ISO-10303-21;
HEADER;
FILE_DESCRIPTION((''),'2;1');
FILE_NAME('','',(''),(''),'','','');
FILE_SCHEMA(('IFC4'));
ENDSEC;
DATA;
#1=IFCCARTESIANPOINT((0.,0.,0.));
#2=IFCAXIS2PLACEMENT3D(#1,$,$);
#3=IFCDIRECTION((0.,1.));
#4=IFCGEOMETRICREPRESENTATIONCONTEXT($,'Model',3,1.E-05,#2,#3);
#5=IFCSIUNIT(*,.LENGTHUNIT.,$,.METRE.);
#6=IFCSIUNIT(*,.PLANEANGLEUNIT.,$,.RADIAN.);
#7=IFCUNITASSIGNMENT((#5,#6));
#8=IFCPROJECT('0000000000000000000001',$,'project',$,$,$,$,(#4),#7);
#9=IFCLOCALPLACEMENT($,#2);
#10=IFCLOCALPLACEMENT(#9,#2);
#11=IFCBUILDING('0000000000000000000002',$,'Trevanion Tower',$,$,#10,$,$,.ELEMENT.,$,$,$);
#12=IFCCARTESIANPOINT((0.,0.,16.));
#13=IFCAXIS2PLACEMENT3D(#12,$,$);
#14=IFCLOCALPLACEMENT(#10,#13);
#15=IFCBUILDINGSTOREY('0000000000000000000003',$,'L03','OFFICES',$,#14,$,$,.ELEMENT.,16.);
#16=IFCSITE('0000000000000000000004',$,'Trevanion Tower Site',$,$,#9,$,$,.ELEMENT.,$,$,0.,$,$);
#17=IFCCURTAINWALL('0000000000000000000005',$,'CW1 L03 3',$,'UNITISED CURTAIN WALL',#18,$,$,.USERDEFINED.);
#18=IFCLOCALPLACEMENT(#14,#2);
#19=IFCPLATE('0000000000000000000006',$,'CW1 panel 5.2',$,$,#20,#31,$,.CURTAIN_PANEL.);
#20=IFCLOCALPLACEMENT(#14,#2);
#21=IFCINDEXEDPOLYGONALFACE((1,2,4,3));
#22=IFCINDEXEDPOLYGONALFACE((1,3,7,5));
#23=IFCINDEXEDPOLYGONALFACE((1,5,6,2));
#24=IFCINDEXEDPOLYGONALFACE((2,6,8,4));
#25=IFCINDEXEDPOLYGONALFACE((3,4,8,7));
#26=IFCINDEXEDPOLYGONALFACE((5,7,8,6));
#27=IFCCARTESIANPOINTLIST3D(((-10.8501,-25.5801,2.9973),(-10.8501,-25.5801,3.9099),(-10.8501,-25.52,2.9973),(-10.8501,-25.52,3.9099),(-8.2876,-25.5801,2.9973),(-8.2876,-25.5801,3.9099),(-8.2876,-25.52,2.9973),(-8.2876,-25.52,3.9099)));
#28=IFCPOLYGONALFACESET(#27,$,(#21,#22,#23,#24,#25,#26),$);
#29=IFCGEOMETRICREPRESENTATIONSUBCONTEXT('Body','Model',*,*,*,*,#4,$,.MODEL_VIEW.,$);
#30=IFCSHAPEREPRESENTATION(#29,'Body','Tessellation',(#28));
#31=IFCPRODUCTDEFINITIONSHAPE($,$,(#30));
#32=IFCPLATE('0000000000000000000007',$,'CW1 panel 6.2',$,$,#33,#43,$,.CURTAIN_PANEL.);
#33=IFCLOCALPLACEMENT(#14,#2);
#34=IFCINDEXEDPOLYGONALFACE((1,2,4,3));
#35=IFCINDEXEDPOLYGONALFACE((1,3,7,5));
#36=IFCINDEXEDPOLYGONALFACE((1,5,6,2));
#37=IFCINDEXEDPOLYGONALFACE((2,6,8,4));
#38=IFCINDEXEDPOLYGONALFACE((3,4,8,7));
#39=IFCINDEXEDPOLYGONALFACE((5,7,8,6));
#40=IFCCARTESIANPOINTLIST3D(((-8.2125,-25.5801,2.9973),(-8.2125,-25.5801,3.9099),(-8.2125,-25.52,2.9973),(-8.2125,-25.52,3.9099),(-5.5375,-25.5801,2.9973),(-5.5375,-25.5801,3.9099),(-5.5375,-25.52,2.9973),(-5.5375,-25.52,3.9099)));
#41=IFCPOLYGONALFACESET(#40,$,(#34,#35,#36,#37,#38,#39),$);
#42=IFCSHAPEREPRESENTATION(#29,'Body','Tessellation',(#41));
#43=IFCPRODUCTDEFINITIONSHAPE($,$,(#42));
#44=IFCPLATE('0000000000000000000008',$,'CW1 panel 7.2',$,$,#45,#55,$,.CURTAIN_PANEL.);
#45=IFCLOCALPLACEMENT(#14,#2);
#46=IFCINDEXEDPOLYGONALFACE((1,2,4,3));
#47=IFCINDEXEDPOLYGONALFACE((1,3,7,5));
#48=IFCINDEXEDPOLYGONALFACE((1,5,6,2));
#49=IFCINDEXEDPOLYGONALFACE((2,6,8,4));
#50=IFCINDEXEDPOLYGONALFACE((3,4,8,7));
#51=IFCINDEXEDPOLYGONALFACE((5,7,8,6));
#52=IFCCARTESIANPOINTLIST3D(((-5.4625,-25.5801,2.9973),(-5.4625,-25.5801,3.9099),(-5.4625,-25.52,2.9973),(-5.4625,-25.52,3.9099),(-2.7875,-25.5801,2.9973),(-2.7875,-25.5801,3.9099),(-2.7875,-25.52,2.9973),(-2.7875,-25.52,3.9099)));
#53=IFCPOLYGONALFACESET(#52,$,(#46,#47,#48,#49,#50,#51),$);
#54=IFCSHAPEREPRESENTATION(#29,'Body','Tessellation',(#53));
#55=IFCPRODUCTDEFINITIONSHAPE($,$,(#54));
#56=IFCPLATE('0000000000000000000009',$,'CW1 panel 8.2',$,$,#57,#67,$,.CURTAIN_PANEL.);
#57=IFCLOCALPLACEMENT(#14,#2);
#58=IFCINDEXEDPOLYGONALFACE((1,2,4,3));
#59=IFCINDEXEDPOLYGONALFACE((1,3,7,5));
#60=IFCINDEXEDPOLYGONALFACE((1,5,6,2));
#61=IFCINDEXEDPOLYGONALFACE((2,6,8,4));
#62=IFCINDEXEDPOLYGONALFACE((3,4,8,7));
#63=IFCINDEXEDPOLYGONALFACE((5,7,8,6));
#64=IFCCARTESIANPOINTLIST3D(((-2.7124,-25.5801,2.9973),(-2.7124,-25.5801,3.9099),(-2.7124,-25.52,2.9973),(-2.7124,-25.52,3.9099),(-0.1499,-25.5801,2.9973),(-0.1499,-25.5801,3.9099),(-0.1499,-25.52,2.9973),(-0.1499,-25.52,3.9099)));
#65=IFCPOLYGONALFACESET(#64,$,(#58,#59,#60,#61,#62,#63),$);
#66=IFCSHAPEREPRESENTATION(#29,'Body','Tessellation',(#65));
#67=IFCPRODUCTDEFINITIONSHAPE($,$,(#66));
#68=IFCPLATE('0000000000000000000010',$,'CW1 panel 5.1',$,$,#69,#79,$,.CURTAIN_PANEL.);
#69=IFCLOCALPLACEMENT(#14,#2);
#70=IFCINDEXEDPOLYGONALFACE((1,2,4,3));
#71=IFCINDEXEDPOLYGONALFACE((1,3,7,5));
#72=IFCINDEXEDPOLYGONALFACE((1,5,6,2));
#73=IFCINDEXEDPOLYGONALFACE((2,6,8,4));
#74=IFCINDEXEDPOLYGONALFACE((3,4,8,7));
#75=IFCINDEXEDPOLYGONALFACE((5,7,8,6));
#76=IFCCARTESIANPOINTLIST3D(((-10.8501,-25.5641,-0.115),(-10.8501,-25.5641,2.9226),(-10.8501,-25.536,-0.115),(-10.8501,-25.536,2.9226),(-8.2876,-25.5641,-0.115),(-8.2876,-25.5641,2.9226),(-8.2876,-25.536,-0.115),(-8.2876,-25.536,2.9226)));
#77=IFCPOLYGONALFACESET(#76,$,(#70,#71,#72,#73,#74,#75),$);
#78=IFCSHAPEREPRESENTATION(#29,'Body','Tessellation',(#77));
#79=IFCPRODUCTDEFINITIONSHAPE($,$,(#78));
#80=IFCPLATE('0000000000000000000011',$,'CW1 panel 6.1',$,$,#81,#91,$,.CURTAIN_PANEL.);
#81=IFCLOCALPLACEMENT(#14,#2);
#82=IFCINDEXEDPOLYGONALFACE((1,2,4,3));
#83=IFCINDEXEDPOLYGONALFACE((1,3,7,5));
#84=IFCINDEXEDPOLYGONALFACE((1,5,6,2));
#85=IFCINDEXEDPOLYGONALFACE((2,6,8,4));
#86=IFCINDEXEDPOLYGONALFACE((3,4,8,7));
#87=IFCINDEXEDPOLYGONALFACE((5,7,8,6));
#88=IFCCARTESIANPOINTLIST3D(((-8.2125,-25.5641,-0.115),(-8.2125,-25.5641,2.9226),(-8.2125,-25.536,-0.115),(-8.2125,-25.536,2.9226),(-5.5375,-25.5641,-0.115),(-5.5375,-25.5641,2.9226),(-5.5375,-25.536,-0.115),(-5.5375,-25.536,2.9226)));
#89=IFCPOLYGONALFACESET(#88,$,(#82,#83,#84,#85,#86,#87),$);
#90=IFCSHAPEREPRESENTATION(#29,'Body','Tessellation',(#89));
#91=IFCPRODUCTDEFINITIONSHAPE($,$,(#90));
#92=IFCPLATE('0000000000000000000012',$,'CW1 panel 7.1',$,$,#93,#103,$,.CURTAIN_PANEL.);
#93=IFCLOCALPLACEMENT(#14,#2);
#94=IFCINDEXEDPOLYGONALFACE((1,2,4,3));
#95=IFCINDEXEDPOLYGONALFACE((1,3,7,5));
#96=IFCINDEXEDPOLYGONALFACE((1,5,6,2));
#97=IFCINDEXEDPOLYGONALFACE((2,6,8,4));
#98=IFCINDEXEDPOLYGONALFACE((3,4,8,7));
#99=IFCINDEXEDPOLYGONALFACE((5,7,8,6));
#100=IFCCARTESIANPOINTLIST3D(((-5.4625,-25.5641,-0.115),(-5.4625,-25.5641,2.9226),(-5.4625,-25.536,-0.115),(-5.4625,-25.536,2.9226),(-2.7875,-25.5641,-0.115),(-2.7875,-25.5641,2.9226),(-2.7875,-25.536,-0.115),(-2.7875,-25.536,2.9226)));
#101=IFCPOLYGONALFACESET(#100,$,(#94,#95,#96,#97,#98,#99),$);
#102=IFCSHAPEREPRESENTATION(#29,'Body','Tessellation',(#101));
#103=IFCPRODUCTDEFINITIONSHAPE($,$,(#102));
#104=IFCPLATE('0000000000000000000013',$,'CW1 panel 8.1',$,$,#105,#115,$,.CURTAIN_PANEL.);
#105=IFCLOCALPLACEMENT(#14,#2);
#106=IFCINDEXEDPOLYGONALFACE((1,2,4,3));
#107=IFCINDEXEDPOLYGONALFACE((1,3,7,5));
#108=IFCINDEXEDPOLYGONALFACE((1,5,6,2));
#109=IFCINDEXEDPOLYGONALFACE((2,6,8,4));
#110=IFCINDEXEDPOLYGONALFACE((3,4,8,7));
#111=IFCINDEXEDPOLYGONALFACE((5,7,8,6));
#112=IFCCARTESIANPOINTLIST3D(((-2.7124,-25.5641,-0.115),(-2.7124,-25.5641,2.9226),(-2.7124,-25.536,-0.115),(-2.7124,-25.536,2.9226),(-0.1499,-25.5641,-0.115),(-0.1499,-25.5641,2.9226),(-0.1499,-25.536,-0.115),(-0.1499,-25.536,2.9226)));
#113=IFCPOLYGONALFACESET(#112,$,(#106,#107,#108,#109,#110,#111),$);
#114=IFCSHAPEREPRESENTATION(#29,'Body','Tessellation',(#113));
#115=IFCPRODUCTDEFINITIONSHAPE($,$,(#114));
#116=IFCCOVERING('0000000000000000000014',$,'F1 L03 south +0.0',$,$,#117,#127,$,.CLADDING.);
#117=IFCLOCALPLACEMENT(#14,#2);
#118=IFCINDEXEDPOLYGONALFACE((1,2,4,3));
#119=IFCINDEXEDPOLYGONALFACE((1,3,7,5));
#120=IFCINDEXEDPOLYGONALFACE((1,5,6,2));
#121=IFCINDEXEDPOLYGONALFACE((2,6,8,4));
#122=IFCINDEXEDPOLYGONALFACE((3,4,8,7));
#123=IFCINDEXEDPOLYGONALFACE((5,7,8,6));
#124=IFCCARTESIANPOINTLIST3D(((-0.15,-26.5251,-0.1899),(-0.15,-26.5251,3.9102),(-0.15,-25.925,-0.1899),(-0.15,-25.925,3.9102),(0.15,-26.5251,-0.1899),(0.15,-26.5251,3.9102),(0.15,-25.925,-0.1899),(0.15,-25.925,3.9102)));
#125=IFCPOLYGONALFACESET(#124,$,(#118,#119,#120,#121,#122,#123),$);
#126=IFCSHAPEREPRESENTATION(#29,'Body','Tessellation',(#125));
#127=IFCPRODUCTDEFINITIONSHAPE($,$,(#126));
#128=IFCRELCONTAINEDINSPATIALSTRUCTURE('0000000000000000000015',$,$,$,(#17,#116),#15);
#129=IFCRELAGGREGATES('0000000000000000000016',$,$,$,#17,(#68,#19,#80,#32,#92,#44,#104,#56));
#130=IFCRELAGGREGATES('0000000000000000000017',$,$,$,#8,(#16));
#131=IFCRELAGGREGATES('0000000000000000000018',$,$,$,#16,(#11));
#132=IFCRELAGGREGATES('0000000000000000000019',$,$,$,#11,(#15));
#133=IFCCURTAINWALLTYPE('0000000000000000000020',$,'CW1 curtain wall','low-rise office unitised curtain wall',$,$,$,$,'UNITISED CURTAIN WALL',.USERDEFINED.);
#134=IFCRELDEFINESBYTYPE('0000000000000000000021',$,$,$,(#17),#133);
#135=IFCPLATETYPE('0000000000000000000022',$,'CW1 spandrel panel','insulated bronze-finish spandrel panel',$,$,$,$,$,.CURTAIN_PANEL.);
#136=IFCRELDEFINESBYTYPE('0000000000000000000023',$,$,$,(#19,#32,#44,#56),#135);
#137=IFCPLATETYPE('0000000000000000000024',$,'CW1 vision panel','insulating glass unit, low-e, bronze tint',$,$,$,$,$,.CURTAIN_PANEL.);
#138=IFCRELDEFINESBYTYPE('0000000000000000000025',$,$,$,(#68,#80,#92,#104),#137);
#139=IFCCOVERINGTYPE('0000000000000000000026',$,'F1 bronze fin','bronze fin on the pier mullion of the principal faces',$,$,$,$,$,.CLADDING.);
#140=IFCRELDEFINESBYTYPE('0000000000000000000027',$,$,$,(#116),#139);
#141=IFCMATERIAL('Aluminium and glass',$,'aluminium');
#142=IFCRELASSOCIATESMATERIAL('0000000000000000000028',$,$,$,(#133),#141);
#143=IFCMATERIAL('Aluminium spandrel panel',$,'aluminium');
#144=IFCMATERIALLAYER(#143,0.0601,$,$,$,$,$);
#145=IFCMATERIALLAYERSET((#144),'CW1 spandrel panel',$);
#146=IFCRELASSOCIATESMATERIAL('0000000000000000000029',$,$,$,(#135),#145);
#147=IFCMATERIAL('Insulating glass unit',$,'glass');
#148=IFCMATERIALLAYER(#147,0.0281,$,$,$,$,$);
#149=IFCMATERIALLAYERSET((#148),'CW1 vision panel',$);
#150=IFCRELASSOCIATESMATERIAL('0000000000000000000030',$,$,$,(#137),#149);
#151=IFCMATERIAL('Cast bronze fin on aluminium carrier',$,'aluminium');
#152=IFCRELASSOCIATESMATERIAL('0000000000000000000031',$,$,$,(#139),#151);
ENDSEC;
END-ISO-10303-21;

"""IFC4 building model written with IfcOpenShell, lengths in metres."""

from ifc_helpers import new_model, si_unit, direction, frame, origin, origin_2d, place, context, subcontext, project, spatial, rectangle, extrude, material, layer, layer_set, type_object, element, aggregate, save


model = new_model("IFC4")

# Units and contexts
model_context = context("Model", 3, precision=1e-05, world=origin(), true_north=direction((0.0, 1.0)))
body_context = subcontext(model_context, "Body", "Model", "MODEL_VIEW")
ifc_project = project(units=[si_unit("LENGTHUNIT", "METRE"), si_unit("PLANEANGLEUNIT", "RADIAN")], contexts=[model_context])

# Site, building, storey
site_placement = place(None, origin())
site = spatial("IfcSite", under=ifc_project, at=site_placement, Name="Trevanion Tower Site", CompositionType="ELEMENT", RefElevation=0.0)
building_placement = place(site_placement, origin())
building = spatial("IfcBuilding", under=site, at=building_placement, Name="Trevanion Tower", CompositionType="ELEMENT")
storey_placement = place(building_placement, frame((0.0, 0.0, 16.0)))
storey = spatial("IfcBuildingStorey", under=building, at=storey_placement, Name="L03", Description="OFFICES", CompositionType="ELEMENT", Elevation=16.0)

# Curtain wall
ifc_material_1 = material(Name="Aluminium and glass", Category="aluminium")
curtain_wall_type = type_object("IfcCurtainWallType", Name="CW1 curtain wall", Description="low-rise office unitised curtain wall", ElementType="UNITISED CURTAIN WALL", PredefinedType="USERDEFINED", material=ifc_material_1)
curtain_wall_placement = place(storey_placement, origin())
curtain_wall = element("IfcCurtainWall", 1, at=curtain_wall_placement, inside=storey, type_object=curtain_wall_type, Name="CW1 L03 3", ObjectType="UNITISED CURTAIN WALL", PredefinedType="USERDEFINED")

# Plates
ifc_material_2 = material(Name="Aluminium spandrel panel", Category="aluminium")
ifc_layer_1 = layer(ifc_material_2, 0.0601)
ifc_layer_set_1 = layer_set([ifc_layer_1], Name="CW1 spandrel panel")
plate_type_1 = type_object("IfcPlateType", Name="CW1 spandrel panel", Description="insulated bronze-finish spandrel panel", PredefinedType="CURTAIN_PANEL", material=ifc_layer_set_1)
plate_1_placement = place(storey_placement, frame((-9.5688, -25.55, 2.9973), z_axis=(0.0, 0.0, 1.0), x_axis=(1.0, 0.0, 0.0)))
plate_1 = element("IfcPlate", 2, at=plate_1_placement, type_object=plate_type_1, Name="CW1 panel 5.2", PredefinedType="CURTAIN_PANEL", context=body_context, shape_type="SweptSolid", body=[
    extrude(rectangle(XDim=2.5625, YDim=0.0601, at=origin_2d()), origin(), (0.0, 0.0, 1.0), 0.9126),
])
plate_2_placement = place(storey_placement, frame((-6.875, -25.55, 2.9973), z_axis=(0.0, 0.0, 1.0), x_axis=(1.0, 0.0, 0.0)))
plate_2 = element("IfcPlate", 3, at=plate_2_placement, type_object=plate_type_1, Name="CW1 panel 6.2", PredefinedType="CURTAIN_PANEL", context=body_context, shape_type="SweptSolid", body=[
    extrude(rectangle(XDim=2.675, YDim=0.0601, at=origin_2d()), origin(), (0.0, 0.0, 1.0), 0.9126),
])
plate_3_placement = place(storey_placement, frame((-4.125, -25.55, 2.9973), z_axis=(0.0, 0.0, 1.0), x_axis=(1.0, 0.0, 0.0)))
plate_3 = element("IfcPlate", 4, at=plate_3_placement, type_object=plate_type_1, Name="CW1 panel 7.2", PredefinedType="CURTAIN_PANEL", context=body_context, shape_type="SweptSolid", body=[
    extrude(rectangle(XDim=2.675, YDim=0.0601, at=origin_2d()), origin(), (0.0, 0.0, 1.0), 0.9126),
])
plate_4_placement = place(storey_placement, frame((-1.4312, -25.55, 2.9973), z_axis=(0.0, 0.0, 1.0), x_axis=(1.0, 0.0, 0.0)))
plate_4 = element("IfcPlate", 5, at=plate_4_placement, type_object=plate_type_1, Name="CW1 panel 8.2", PredefinedType="CURTAIN_PANEL", context=body_context, shape_type="SweptSolid", body=[
    extrude(rectangle(XDim=2.5625, YDim=0.0601, at=origin_2d()), origin(), (0.0, 0.0, 1.0), 0.9126),
])
ifc_material_3 = material(Name="Insulating glass unit", Category="glass")
ifc_layer_2 = layer(ifc_material_3, 0.0281)
ifc_layer_set_2 = layer_set([ifc_layer_2], Name="CW1 vision panel")
plate_type_2 = type_object("IfcPlateType", Name="CW1 vision panel", Description="insulating glass unit, low-e, bronze tint", PredefinedType="CURTAIN_PANEL", material=ifc_layer_set_2)
plate_5_placement = place(storey_placement, frame((-9.5688, -25.55, -0.115), z_axis=(0.0, 0.0, 1.0), x_axis=(1.0, 0.0, 0.0)))
plate_5 = element("IfcPlate", 6, at=plate_5_placement, type_object=plate_type_2, Name="CW1 panel 5.1", PredefinedType="CURTAIN_PANEL", context=body_context, shape_type="SweptSolid", body=[
    extrude(rectangle(XDim=2.5625, YDim=0.0281, at=origin_2d()), origin(), (0.0, 0.0, 1.0), 3.0376),
])
plate_6_placement = place(storey_placement, frame((-6.875, -25.55, -0.115), z_axis=(0.0, 0.0, 1.0), x_axis=(1.0, 0.0, 0.0)))
plate_6 = element("IfcPlate", 7, at=plate_6_placement, type_object=plate_type_2, Name="CW1 panel 6.1", PredefinedType="CURTAIN_PANEL", context=body_context, shape_type="SweptSolid", body=[
    extrude(rectangle(XDim=2.675, YDim=0.0281, at=origin_2d()), origin(), (0.0, 0.0, 1.0), 3.0376),
])
plate_7_placement = place(storey_placement, frame((-4.125, -25.55, -0.115), z_axis=(0.0, 0.0, 1.0), x_axis=(1.0, 0.0, 0.0)))
plate_7 = element("IfcPlate", 8, at=plate_7_placement, type_object=plate_type_2, Name="CW1 panel 7.1", PredefinedType="CURTAIN_PANEL", context=body_context, shape_type="SweptSolid", body=[
    extrude(rectangle(XDim=2.675, YDim=0.0281, at=origin_2d()), origin(), (0.0, 0.0, 1.0), 3.0376),
])
plate_8_placement = place(storey_placement, frame((-1.4312, -25.55, -0.115), z_axis=(0.0, 0.0, 1.0), x_axis=(1.0, 0.0, 0.0)))
plate_8 = element("IfcPlate", 9, at=plate_8_placement, type_object=plate_type_2, Name="CW1 panel 8.1", PredefinedType="CURTAIN_PANEL", context=body_context, shape_type="SweptSolid", body=[
    extrude(rectangle(XDim=2.5625, YDim=0.0281, at=origin_2d()), origin(), (0.0, 0.0, 1.0), 3.0376),
])
aggregate(curtain_wall, [plate_5, plate_1, plate_6, plate_2, plate_7, plate_3, plate_8, plate_4])

# Covering
ifc_material_4 = material(Name="Cast bronze fin on aluminium carrier", Category="aluminium")
covering_type = type_object("IfcCoveringType", Name="F1 bronze fin", Description="bronze fin on the pier mullion of the principal faces", PredefinedType="CLADDING", material=ifc_material_4)
covering_placement = place(storey_placement, frame((0.0, -26.2251, -0.1899), z_axis=(0.0, 0.0, 1.0), x_axis=(1.0, 0.0, 0.0)))
element("IfcCovering", 10, at=covering_placement, inside=storey, type_object=covering_type, Name="F1 L03 south +0.0", PredefinedType="CLADDING", context=body_context, shape_type="SweptSolid", body=[
    extrude(rectangle(XDim=0.3, YDim=0.6001, at=origin_2d()), origin(), (0.0, 0.0, 1.0), 4.1001),
])

save(model, "model.ifc")
